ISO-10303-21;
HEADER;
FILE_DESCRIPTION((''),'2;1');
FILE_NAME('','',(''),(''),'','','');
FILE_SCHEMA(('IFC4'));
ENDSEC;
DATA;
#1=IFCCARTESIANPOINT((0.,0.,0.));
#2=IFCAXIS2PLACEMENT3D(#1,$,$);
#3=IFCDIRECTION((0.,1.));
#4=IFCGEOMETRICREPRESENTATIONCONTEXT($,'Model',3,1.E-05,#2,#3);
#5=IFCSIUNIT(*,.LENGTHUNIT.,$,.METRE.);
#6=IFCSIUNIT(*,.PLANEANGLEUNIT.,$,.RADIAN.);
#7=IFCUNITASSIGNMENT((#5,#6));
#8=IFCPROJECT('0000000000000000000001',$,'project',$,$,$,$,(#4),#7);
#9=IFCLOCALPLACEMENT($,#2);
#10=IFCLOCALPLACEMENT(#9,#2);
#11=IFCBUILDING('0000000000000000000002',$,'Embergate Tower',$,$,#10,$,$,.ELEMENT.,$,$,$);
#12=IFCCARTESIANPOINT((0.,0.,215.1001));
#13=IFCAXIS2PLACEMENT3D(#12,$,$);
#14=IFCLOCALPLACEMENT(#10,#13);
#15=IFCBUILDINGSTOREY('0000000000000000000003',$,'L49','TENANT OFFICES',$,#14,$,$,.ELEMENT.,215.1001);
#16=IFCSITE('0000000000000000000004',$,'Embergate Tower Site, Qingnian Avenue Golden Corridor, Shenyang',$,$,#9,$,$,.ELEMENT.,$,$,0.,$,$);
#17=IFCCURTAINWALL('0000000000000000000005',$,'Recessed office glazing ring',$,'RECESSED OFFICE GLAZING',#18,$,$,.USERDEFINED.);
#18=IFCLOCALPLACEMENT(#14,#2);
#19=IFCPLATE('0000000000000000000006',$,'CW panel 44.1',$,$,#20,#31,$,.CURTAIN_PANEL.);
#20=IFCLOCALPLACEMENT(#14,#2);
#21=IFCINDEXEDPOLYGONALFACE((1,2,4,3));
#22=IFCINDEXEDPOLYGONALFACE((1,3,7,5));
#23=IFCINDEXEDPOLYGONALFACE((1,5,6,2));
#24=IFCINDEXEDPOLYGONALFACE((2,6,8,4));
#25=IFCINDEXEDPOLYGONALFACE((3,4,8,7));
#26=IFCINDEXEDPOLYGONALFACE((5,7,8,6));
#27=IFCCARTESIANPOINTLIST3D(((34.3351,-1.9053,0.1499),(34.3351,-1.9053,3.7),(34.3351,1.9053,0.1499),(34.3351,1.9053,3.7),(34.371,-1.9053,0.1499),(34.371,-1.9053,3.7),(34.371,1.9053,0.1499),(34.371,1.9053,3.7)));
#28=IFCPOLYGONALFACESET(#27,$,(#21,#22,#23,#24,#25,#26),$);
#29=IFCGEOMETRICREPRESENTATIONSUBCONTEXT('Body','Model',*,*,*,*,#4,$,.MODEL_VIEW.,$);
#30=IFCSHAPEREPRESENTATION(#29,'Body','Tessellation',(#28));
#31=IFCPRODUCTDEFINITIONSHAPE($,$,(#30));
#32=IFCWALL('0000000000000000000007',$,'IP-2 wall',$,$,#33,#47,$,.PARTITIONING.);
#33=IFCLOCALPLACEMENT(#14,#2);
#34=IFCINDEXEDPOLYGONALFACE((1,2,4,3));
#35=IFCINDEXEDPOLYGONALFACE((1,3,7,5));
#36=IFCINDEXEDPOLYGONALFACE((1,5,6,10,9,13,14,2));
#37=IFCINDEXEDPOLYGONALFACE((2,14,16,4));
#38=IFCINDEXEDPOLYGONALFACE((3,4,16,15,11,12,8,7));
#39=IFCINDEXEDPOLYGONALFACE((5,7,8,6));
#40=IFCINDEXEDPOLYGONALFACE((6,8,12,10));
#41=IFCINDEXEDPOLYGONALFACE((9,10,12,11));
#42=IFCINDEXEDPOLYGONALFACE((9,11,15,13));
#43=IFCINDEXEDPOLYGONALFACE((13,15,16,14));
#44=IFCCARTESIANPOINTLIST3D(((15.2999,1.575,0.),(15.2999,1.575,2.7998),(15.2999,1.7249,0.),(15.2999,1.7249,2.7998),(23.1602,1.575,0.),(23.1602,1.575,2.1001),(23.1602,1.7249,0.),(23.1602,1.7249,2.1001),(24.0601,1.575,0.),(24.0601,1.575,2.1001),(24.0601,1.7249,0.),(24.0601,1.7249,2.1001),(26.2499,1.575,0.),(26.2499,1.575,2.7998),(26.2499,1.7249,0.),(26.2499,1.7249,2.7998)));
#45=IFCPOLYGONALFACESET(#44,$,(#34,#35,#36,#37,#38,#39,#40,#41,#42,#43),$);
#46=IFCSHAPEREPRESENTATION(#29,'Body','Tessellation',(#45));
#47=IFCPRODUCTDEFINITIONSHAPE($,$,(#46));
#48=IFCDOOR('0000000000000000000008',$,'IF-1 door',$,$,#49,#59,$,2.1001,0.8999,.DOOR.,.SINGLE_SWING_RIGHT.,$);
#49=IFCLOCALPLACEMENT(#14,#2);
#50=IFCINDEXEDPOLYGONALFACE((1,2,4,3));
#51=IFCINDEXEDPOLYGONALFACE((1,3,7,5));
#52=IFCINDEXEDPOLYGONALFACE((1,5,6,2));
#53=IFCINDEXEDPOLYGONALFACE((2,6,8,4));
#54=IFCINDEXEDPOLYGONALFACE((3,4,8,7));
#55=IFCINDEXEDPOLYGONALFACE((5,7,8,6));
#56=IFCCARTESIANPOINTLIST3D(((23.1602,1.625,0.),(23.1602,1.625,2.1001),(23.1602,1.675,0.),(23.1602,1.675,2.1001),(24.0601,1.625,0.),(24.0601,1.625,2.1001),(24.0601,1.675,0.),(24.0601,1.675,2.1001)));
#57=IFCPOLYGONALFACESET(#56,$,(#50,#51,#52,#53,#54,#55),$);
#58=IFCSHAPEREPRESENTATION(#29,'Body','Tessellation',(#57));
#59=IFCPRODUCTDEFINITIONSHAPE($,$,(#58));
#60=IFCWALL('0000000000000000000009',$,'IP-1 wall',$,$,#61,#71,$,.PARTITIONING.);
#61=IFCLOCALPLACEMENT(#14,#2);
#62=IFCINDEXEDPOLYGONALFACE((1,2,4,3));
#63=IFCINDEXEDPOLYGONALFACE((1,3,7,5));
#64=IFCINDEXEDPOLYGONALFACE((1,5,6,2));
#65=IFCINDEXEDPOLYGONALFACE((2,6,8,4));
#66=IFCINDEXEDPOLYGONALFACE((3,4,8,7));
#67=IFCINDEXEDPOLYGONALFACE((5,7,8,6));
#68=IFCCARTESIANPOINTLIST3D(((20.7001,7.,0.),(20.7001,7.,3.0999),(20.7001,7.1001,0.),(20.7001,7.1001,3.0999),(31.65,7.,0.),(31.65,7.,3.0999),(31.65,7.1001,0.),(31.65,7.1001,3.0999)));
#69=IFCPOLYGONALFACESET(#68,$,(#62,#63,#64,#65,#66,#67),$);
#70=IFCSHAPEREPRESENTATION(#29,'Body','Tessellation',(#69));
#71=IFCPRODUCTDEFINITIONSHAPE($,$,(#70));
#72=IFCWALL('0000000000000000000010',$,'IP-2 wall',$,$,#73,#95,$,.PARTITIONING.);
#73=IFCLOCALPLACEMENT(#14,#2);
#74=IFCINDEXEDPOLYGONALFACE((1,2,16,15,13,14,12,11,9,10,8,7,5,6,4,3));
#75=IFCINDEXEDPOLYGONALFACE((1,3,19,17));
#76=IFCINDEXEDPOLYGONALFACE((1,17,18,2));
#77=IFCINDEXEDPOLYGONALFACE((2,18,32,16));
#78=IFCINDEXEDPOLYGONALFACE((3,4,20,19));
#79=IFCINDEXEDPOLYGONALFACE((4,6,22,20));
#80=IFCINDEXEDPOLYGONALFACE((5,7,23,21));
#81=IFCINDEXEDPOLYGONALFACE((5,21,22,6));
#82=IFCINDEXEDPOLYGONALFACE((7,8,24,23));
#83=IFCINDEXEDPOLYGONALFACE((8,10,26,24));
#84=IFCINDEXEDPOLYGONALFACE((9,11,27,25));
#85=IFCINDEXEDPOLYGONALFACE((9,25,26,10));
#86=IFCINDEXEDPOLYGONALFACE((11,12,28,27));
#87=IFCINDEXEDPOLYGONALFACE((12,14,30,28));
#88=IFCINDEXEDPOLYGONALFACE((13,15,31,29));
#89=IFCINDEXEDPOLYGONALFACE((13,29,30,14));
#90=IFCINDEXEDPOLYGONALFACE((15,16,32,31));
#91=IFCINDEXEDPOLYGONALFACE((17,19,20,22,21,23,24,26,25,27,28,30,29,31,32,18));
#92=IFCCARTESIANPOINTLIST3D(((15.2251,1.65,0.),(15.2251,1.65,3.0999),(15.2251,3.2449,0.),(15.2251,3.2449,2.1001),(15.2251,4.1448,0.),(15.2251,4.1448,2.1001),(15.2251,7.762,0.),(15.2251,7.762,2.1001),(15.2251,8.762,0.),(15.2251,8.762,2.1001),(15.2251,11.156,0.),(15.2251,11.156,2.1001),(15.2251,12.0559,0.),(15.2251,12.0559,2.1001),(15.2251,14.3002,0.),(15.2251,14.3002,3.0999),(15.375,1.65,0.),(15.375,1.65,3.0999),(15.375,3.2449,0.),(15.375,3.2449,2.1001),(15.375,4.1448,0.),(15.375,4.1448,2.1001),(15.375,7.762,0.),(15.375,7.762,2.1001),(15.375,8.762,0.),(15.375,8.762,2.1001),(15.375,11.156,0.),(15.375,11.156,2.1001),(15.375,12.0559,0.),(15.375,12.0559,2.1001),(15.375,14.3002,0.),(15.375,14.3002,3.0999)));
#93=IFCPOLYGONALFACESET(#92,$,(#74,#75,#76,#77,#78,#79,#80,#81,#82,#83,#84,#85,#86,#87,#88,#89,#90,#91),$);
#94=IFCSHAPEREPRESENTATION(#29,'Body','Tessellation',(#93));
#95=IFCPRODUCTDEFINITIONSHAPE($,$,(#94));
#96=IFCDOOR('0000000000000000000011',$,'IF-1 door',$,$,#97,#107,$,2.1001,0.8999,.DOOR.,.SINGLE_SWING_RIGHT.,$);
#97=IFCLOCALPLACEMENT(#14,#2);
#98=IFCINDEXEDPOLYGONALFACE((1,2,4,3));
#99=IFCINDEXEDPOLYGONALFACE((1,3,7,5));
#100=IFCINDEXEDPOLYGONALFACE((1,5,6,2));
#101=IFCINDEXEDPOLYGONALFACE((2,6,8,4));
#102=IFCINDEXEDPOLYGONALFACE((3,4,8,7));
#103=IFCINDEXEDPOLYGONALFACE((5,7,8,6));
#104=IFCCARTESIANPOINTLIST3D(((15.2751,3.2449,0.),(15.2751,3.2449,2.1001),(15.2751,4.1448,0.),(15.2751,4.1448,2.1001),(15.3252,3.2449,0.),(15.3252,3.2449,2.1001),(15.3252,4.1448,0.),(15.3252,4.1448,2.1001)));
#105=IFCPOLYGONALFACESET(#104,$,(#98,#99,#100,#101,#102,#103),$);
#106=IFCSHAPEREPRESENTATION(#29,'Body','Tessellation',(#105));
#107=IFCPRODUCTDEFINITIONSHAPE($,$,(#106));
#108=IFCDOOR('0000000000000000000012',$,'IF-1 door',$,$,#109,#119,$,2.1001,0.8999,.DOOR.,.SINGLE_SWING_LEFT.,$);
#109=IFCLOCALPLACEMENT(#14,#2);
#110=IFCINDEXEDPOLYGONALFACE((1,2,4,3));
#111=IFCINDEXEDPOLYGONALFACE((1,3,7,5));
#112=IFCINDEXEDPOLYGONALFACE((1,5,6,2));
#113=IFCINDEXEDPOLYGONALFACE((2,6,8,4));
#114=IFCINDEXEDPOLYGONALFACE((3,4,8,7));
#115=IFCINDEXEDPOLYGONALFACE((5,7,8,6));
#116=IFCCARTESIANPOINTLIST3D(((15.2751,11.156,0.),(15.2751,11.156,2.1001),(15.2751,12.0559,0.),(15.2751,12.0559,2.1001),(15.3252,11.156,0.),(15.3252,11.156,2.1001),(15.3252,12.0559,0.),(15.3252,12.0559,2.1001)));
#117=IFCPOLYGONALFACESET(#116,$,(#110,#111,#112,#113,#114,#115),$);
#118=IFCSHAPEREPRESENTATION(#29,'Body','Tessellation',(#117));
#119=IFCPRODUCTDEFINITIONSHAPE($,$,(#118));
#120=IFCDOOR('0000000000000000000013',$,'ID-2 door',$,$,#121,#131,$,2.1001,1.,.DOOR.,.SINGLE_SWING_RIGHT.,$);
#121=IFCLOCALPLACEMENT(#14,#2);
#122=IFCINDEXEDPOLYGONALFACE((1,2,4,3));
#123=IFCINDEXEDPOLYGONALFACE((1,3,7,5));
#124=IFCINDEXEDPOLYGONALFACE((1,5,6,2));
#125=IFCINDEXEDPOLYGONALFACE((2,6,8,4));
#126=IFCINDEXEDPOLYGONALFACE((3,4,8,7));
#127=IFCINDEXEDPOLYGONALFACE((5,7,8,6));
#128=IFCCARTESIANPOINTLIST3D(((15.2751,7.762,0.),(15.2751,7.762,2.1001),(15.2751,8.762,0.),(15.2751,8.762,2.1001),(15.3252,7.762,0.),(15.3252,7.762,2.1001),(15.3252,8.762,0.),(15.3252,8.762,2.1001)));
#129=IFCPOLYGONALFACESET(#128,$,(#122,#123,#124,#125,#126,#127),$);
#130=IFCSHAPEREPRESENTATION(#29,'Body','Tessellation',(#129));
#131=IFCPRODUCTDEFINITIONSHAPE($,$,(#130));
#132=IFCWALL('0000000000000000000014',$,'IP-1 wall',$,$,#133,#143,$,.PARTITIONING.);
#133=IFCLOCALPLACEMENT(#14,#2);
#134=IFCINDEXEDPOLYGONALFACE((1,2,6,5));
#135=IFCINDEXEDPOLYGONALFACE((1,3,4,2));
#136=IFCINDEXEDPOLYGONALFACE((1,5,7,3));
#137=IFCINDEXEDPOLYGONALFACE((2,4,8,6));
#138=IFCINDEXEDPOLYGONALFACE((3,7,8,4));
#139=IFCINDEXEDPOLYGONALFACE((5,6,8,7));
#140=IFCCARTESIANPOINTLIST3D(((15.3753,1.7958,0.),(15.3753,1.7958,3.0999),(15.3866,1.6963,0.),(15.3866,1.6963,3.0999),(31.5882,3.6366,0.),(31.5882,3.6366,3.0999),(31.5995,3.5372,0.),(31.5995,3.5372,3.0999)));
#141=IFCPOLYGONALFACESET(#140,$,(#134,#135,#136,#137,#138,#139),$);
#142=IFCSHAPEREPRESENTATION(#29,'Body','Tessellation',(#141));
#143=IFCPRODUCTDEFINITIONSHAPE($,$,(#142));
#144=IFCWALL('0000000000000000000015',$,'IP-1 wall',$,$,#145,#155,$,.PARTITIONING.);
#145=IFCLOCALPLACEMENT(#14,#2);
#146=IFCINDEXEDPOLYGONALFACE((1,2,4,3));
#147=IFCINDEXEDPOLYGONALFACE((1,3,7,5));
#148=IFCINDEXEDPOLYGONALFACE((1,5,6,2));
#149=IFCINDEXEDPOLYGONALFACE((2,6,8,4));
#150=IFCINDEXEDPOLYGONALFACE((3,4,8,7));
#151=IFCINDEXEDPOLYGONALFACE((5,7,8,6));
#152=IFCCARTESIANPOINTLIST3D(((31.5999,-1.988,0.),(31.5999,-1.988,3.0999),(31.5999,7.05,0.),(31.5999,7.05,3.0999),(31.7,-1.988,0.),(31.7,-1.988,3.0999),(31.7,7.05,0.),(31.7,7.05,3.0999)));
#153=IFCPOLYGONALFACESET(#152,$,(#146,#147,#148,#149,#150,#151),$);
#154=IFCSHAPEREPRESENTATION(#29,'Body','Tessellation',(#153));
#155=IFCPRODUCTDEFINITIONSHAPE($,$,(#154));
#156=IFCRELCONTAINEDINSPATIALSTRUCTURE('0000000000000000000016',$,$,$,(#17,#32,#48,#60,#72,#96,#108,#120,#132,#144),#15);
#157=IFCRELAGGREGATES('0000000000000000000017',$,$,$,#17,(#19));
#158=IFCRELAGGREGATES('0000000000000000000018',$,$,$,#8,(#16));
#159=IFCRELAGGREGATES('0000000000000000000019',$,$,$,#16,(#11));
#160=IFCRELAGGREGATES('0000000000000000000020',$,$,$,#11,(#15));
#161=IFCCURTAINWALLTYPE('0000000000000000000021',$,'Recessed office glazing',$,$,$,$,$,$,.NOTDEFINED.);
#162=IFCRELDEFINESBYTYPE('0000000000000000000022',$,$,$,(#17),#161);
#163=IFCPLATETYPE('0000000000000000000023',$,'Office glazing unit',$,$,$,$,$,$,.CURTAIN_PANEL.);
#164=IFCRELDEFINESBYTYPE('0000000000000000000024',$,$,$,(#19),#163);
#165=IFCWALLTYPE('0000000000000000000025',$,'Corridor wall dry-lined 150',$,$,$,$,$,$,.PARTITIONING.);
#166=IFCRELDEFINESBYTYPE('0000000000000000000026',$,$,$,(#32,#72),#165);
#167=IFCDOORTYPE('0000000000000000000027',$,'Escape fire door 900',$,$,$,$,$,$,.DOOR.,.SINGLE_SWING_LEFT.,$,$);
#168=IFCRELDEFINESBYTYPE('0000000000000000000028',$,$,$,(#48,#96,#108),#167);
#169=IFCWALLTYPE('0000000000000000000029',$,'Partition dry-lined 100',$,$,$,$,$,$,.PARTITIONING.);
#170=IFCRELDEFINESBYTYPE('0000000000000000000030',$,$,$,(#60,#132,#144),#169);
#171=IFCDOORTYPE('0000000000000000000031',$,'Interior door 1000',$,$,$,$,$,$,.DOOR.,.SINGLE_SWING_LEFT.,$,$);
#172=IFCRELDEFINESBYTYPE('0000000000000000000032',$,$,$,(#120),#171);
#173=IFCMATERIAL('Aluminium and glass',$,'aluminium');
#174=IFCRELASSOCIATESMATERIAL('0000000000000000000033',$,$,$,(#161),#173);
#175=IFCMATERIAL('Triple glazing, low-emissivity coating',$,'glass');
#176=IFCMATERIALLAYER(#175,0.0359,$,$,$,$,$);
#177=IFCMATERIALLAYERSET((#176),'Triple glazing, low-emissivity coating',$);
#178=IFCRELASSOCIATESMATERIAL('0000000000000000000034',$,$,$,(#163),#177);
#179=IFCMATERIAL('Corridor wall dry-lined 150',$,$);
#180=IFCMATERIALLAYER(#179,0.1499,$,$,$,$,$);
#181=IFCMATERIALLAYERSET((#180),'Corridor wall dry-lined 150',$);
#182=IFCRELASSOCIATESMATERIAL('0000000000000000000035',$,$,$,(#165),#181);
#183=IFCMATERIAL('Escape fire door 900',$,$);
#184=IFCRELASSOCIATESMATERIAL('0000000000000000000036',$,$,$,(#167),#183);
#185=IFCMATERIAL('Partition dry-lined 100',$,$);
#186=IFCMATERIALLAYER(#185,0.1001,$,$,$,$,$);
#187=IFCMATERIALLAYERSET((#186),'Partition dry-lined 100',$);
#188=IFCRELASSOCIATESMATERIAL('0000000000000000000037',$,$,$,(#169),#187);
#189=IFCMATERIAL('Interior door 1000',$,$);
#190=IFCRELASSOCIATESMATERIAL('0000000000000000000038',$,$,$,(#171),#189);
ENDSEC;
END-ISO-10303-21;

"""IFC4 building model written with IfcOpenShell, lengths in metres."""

from ifc_helpers import new_model, si_unit, direction, frame, frame_2d, origin, origin_2d, place, context, subcontext, project, spatial, rectangle, extrude, source, transform, mapped, material, layer, layer_set, type_object, element, fill, aggregate, save


model = new_model("IFC4")

# Units and contexts
model_context = context("Model", 3, precision=1e-05, world=origin(), true_north=direction((0.0, 1.0)))
body_context = subcontext(model_context, "Body", "Model", "MODEL_VIEW")
ifc_project = project(units=[si_unit("LENGTHUNIT", "METRE"), si_unit("PLANEANGLEUNIT", "RADIAN")], contexts=[model_context])

# Site, building, storey
site_placement = place(None, origin())
site = spatial("IfcSite", under=ifc_project, at=site_placement, Name="Embergate Tower Site, Qingnian Avenue Golden Corridor, Shenyang", CompositionType="ELEMENT", RefElevation=0.0)
building_placement = place(site_placement, origin())
building = spatial("IfcBuilding", under=site, at=building_placement, Name="Embergate Tower", CompositionType="ELEMENT")
storey_placement = place(building_placement, frame((0.0, 0.0, 215.1001)))
storey = spatial("IfcBuildingStorey", under=building, at=storey_placement, Name="L49", Description="TENANT OFFICES", CompositionType="ELEMENT", Elevation=215.1001)

# Curtain wall, plate
ifc_material_1 = material(Name="Aluminium and glass", Category="aluminium")
curtain_wall_type = type_object("IfcCurtainWallType", Name="Recessed office glazing", PredefinedType="NOTDEFINED", material=ifc_material_1)
curtain_wall_placement = place(storey_placement, origin())
curtain_wall = element("IfcCurtainWall", 1, at=curtain_wall_placement, inside=storey, type_object=curtain_wall_type, Name="Recessed office glazing ring", ObjectType="RECESSED OFFICE GLAZING", PredefinedType="USERDEFINED")
ifc_material_2 = material(Name="Triple glazing, low-emissivity coating", Category="glass")
ifc_layer_1 = layer(ifc_material_2, 0.0359)
ifc_layer_set_1 = layer_set([ifc_layer_1], Name="Triple glazing, low-emissivity coating")
plate_type = type_object("IfcPlateType", Name="Office glazing unit", PredefinedType="CURTAIN_PANEL", material=ifc_layer_set_1)
shared_shape_1 = source(origin(), body_context, "Body", "SweptSolid", [
    extrude(rectangle(XDim=3.8105, YDim=0.0359, at=origin_2d()), origin(), (0.0, 0.0, 1.0), 3.55),
])
plate_1_placement = place(storey_placement, frame((34.353, 0.0, 0.1499), z_axis=(0.0, 0.0, 1.0), x_axis=(0.0, 1.0, 0.0)))
plate_1 = element("IfcPlate", 2, at=plate_1_placement, type_object=plate_type, Name="CW panel 44.1", PredefinedType="CURTAIN_PANEL", context=body_context, shape_type="MappedRepresentation", body=[
    mapped(shared_shape_1, transform((0.0, 0.0, 0.0))),
])
aggregate(curtain_wall, [plate_1])

# Wall, opening, door
ifc_material_3 = material(Name="Corridor wall dry-lined 150")
ifc_layer_2 = layer(ifc_material_3, 0.1499)
ifc_layer_set_2 = layer_set([ifc_layer_2], Name="Corridor wall dry-lined 150")
wall_type_1 = type_object("IfcWallType", Name="Corridor wall dry-lined 150", PredefinedType="PARTITIONING", material=ifc_layer_set_2)
shared_shape_2 = source(origin(), body_context, "Body", "SweptSolid", [
    extrude(rectangle(XDim=10.95, YDim=0.1499, at=frame_2d((5.4751, 0.0))), origin(), (0.0, 0.0, 1.0), 2.7998),
])
wall_1_placement = place(storey_placement, frame((26.25, 1.6499, 0.0), z_axis=(0.0, 0.0, 1.0), x_axis=(-1.0, 0.0, 0.0)))
wall_1 = element("IfcWall", 3, at=wall_1_placement, inside=storey, type_object=wall_type_1, Name="IP-2 wall", PredefinedType="PARTITIONING", context=body_context, shape_type="MappedRepresentation", body=[
    mapped(shared_shape_2, transform((0.0, 0.0, 0.0))),
])
shared_shape_3 = source(origin(), body_context, "Body", "SweptSolid", [
    extrude(rectangle(XDim=0.8999, YDim=2.1001, at=frame_2d((0.45, 1.05))), frame((0.0, 0.085, 0.0), z_axis=(0.0, -1.0, 0.0), x_axis=(1.0, 0.0, 0.0)), (0.0, 0.0, 1.0), 0.1699),
])
opening_1_placement = place(wall_1_placement, frame((2.1899, 0.0, 0.0)))
opening_1 = element("IfcOpeningElement", 4, at=opening_1_placement, cuts=wall_1, PredefinedType="OPENING", context=body_context, shape_type="MappedRepresentation", body=[
    mapped(shared_shape_3, transform((0.0, 0.0, 0.0))),
])
ifc_material_4 = material(Name="Escape fire door 900")
door_type_1 = type_object("IfcDoorType", Name="Escape fire door 900", OperationType="SINGLE_SWING_LEFT", PredefinedType="DOOR", material=ifc_material_4)
shared_shape_4 = source(origin(), body_context, "Body", "SweptSolid", [
    extrude(rectangle(XDim=0.8999, YDim=2.1001, at=frame_2d((0.45, 1.05))), frame((0.0, 0.0249, 0.0), z_axis=(0.0, -1.0, 0.0), x_axis=(1.0, 0.0, 0.0)), (0.0, 0.0, 1.0), 0.05),
])
door_1_placement = place(opening_1_placement, origin())
door_1 = element("IfcDoor", 5, at=door_1_placement, inside=storey, type_object=door_type_1, Name="IF-1 door", OperationType="SINGLE_SWING_RIGHT", OverallHeight=2.1001, OverallWidth=0.8999, PredefinedType="DOOR", context=body_context, shape_type="MappedRepresentation", body=[
    mapped(shared_shape_4, transform((0.0, 0.0, 0.0))),
])
fill(opening_1, door_1)

# Wall
ifc_material_5 = material(Name="Partition dry-lined 100")
ifc_layer_3 = layer(ifc_material_5, 0.1001)
ifc_layer_set_3 = layer_set([ifc_layer_3], Name="Partition dry-lined 100")
wall_type_2 = type_object("IfcWallType", Name="Partition dry-lined 100", PredefinedType="PARTITIONING", material=ifc_layer_set_3)
shared_shape_5 = source(origin(), body_context, "Body", "SweptSolid", [
    extrude(rectangle(XDim=10.95, YDim=0.1001, at=frame_2d((5.4751, 0.0))), origin(), (0.0, 0.0, 1.0), 3.0999),
])
wall_2_placement = place(storey_placement, frame((20.7, 7.05, 0.0), z_axis=(0.0, 0.0, 1.0), x_axis=(1.0, 0.0, 0.0)))
element("IfcWall", 6, at=wall_2_placement, inside=storey, type_object=wall_type_2, Name="IP-1 wall", PredefinedType="PARTITIONING", context=body_context, shape_type="MappedRepresentation", body=[
    mapped(shared_shape_5, transform((0.0, 0.0, 0.0))),
])

# Wall, openings, doors
shared_shape_6 = source(origin(), body_context, "Body", "SweptSolid", [
    extrude(rectangle(XDim=12.6501, YDim=0.1499, at=frame_2d((6.3252, 0.0))), origin(), (0.0, 0.0, 1.0), 3.0999),
])
wall_3_placement = place(storey_placement, frame((15.3, 1.6499, 0.0), z_axis=(0.0, 0.0, 1.0), x_axis=(0.0, 1.0, 0.0)))
wall_3 = element("IfcWall", 7, at=wall_3_placement, inside=storey, type_object=wall_type_1, Name="IP-2 wall", PredefinedType="PARTITIONING", context=body_context, shape_type="MappedRepresentation", body=[
    mapped(shared_shape_6, transform((0.0, 0.0, 0.0))),
])
opening_2_placement = place(wall_3_placement, frame((1.595, 0.0, 0.0)))
opening_2 = element("IfcOpeningElement", 8, at=opening_2_placement, cuts=wall_3, PredefinedType="OPENING", context=body_context, shape_type="MappedRepresentation", body=[
    mapped(shared_shape_3, transform((0.0, 0.0, 0.0))),
])
shared_shape_7 = source(origin(), body_context, "Body", "SweptSolid", [
    extrude(rectangle(XDim=1.0, YDim=2.1001, at=frame_2d((0.5, 1.05))), frame((0.0, 0.085, 0.0), z_axis=(0.0, -1.0, 0.0), x_axis=(1.0, 0.0, 0.0)), (0.0, 0.0, 1.0), 0.1699),
])
opening_3_placement = place(wall_3_placement, frame((6.1121, 0.0, 0.0)))
opening_3 = element("IfcOpeningElement", 9, at=opening_3_placement, cuts=wall_3, PredefinedType="OPENING", context=body_context, shape_type="MappedRepresentation", body=[
    mapped(shared_shape_7, transform((0.0, 0.0, 0.0))),
])
opening_4_placement = place(wall_3_placement, frame((9.5061, 0.0, 0.0)))
opening_4 = element("IfcOpeningElement", 10, at=opening_4_placement, cuts=wall_3, PredefinedType="OPENING", context=body_context, shape_type="MappedRepresentation", body=[
    mapped(shared_shape_3, transform((0.0, 0.0, 0.0))),
])
door_2_placement = place(opening_2_placement, origin())
door_2 = element("IfcDoor", 11, at=door_2_placement, inside=storey, type_object=door_type_1, Name="IF-1 door", OperationType="SINGLE_SWING_RIGHT", OverallHeight=2.1001, OverallWidth=0.8999, PredefinedType="DOOR", context=body_context, shape_type="MappedRepresentation", body=[
    mapped(shared_shape_4, transform((0.0, 0.0, 0.0))),
])
fill(opening_2, door_2)
door_3_placement = place(opening_4_placement, origin())
door_3 = element("IfcDoor", 12, at=door_3_placement, inside=storey, type_object=door_type_1, Name="IF-1 door", OperationType="SINGLE_SWING_LEFT", OverallHeight=2.1001, OverallWidth=0.8999, PredefinedType="DOOR", context=body_context, shape_type="MappedRepresentation", body=[
    mapped(shared_shape_4, transform((0.0, 0.0, 0.0))),
])
fill(opening_4, door_3)
ifc_material_6 = material(Name="Interior door 1000")
door_type_2 = type_object("IfcDoorType", Name="Interior door 1000", OperationType="SINGLE_SWING_LEFT", PredefinedType="DOOR", material=ifc_material_6)
shared_shape_8 = source(origin(), body_context, "Body", "SweptSolid", [
    extrude(rectangle(XDim=1.0, YDim=2.1001, at=frame_2d((0.5, 1.05))), frame((0.0, 0.0249, 0.0), z_axis=(0.0, -1.0, 0.0), x_axis=(1.0, 0.0, 0.0)), (0.0, 0.0, 1.0), 0.05),
])
door_4_placement = place(opening_3_placement, origin())
door_4 = element("IfcDoor", 13, at=door_4_placement, inside=storey, type_object=door_type_2, Name="ID-2 door", OperationType="SINGLE_SWING_RIGHT", OverallHeight=2.1001, OverallWidth=1.0, PredefinedType="DOOR", context=body_context, shape_type="MappedRepresentation", body=[
    mapped(shared_shape_8, transform((0.0, 0.0, 0.0))),
])
fill(opening_3, door_4)

# Walls
shared_shape_9 = source(origin(), body_context, "Body", "SweptSolid", [
    extrude(rectangle(XDim=16.3171, YDim=0.1001, at=frame_2d((8.1587, 0.0))), origin(), (0.0, 0.0, 1.0), 3.0999),
])
wall_4_placement = place(storey_placement, frame((31.594, 3.5869, 0.0), z_axis=(0.0, 0.0, 1.0), x_axis=(-0.993616, -0.112816, 0.0)))
element("IfcWall", 14, at=wall_4_placement, inside=storey, type_object=wall_type_2, Name="IP-1 wall", PredefinedType="PARTITIONING", context=body_context, shape_type="MappedRepresentation", body=[
    mapped(shared_shape_9, transform((0.0, 0.0, 0.0))),
])
shared_shape_10 = source(origin(), body_context, "Body", "SweptSolid", [
    extrude(rectangle(XDim=9.0381, YDim=0.1001, at=frame_2d((4.519, 0.0))), origin(), (0.0, 0.0, 1.0), 3.0999),
])
wall_5_placement = place(storey_placement, frame((31.6499, 7.05, 0.0), z_axis=(0.0, 0.0, 1.0), x_axis=(0.0, -1.0, 0.0)))
element("IfcWall", 15, at=wall_5_placement, inside=storey, type_object=wall_type_2, Name="IP-1 wall", PredefinedType="PARTITIONING", context=body_context, shape_type="MappedRepresentation", body=[
    mapped(shared_shape_10, transform((0.0, 0.0, 0.0))),
])

save(model, "model.ifc")
